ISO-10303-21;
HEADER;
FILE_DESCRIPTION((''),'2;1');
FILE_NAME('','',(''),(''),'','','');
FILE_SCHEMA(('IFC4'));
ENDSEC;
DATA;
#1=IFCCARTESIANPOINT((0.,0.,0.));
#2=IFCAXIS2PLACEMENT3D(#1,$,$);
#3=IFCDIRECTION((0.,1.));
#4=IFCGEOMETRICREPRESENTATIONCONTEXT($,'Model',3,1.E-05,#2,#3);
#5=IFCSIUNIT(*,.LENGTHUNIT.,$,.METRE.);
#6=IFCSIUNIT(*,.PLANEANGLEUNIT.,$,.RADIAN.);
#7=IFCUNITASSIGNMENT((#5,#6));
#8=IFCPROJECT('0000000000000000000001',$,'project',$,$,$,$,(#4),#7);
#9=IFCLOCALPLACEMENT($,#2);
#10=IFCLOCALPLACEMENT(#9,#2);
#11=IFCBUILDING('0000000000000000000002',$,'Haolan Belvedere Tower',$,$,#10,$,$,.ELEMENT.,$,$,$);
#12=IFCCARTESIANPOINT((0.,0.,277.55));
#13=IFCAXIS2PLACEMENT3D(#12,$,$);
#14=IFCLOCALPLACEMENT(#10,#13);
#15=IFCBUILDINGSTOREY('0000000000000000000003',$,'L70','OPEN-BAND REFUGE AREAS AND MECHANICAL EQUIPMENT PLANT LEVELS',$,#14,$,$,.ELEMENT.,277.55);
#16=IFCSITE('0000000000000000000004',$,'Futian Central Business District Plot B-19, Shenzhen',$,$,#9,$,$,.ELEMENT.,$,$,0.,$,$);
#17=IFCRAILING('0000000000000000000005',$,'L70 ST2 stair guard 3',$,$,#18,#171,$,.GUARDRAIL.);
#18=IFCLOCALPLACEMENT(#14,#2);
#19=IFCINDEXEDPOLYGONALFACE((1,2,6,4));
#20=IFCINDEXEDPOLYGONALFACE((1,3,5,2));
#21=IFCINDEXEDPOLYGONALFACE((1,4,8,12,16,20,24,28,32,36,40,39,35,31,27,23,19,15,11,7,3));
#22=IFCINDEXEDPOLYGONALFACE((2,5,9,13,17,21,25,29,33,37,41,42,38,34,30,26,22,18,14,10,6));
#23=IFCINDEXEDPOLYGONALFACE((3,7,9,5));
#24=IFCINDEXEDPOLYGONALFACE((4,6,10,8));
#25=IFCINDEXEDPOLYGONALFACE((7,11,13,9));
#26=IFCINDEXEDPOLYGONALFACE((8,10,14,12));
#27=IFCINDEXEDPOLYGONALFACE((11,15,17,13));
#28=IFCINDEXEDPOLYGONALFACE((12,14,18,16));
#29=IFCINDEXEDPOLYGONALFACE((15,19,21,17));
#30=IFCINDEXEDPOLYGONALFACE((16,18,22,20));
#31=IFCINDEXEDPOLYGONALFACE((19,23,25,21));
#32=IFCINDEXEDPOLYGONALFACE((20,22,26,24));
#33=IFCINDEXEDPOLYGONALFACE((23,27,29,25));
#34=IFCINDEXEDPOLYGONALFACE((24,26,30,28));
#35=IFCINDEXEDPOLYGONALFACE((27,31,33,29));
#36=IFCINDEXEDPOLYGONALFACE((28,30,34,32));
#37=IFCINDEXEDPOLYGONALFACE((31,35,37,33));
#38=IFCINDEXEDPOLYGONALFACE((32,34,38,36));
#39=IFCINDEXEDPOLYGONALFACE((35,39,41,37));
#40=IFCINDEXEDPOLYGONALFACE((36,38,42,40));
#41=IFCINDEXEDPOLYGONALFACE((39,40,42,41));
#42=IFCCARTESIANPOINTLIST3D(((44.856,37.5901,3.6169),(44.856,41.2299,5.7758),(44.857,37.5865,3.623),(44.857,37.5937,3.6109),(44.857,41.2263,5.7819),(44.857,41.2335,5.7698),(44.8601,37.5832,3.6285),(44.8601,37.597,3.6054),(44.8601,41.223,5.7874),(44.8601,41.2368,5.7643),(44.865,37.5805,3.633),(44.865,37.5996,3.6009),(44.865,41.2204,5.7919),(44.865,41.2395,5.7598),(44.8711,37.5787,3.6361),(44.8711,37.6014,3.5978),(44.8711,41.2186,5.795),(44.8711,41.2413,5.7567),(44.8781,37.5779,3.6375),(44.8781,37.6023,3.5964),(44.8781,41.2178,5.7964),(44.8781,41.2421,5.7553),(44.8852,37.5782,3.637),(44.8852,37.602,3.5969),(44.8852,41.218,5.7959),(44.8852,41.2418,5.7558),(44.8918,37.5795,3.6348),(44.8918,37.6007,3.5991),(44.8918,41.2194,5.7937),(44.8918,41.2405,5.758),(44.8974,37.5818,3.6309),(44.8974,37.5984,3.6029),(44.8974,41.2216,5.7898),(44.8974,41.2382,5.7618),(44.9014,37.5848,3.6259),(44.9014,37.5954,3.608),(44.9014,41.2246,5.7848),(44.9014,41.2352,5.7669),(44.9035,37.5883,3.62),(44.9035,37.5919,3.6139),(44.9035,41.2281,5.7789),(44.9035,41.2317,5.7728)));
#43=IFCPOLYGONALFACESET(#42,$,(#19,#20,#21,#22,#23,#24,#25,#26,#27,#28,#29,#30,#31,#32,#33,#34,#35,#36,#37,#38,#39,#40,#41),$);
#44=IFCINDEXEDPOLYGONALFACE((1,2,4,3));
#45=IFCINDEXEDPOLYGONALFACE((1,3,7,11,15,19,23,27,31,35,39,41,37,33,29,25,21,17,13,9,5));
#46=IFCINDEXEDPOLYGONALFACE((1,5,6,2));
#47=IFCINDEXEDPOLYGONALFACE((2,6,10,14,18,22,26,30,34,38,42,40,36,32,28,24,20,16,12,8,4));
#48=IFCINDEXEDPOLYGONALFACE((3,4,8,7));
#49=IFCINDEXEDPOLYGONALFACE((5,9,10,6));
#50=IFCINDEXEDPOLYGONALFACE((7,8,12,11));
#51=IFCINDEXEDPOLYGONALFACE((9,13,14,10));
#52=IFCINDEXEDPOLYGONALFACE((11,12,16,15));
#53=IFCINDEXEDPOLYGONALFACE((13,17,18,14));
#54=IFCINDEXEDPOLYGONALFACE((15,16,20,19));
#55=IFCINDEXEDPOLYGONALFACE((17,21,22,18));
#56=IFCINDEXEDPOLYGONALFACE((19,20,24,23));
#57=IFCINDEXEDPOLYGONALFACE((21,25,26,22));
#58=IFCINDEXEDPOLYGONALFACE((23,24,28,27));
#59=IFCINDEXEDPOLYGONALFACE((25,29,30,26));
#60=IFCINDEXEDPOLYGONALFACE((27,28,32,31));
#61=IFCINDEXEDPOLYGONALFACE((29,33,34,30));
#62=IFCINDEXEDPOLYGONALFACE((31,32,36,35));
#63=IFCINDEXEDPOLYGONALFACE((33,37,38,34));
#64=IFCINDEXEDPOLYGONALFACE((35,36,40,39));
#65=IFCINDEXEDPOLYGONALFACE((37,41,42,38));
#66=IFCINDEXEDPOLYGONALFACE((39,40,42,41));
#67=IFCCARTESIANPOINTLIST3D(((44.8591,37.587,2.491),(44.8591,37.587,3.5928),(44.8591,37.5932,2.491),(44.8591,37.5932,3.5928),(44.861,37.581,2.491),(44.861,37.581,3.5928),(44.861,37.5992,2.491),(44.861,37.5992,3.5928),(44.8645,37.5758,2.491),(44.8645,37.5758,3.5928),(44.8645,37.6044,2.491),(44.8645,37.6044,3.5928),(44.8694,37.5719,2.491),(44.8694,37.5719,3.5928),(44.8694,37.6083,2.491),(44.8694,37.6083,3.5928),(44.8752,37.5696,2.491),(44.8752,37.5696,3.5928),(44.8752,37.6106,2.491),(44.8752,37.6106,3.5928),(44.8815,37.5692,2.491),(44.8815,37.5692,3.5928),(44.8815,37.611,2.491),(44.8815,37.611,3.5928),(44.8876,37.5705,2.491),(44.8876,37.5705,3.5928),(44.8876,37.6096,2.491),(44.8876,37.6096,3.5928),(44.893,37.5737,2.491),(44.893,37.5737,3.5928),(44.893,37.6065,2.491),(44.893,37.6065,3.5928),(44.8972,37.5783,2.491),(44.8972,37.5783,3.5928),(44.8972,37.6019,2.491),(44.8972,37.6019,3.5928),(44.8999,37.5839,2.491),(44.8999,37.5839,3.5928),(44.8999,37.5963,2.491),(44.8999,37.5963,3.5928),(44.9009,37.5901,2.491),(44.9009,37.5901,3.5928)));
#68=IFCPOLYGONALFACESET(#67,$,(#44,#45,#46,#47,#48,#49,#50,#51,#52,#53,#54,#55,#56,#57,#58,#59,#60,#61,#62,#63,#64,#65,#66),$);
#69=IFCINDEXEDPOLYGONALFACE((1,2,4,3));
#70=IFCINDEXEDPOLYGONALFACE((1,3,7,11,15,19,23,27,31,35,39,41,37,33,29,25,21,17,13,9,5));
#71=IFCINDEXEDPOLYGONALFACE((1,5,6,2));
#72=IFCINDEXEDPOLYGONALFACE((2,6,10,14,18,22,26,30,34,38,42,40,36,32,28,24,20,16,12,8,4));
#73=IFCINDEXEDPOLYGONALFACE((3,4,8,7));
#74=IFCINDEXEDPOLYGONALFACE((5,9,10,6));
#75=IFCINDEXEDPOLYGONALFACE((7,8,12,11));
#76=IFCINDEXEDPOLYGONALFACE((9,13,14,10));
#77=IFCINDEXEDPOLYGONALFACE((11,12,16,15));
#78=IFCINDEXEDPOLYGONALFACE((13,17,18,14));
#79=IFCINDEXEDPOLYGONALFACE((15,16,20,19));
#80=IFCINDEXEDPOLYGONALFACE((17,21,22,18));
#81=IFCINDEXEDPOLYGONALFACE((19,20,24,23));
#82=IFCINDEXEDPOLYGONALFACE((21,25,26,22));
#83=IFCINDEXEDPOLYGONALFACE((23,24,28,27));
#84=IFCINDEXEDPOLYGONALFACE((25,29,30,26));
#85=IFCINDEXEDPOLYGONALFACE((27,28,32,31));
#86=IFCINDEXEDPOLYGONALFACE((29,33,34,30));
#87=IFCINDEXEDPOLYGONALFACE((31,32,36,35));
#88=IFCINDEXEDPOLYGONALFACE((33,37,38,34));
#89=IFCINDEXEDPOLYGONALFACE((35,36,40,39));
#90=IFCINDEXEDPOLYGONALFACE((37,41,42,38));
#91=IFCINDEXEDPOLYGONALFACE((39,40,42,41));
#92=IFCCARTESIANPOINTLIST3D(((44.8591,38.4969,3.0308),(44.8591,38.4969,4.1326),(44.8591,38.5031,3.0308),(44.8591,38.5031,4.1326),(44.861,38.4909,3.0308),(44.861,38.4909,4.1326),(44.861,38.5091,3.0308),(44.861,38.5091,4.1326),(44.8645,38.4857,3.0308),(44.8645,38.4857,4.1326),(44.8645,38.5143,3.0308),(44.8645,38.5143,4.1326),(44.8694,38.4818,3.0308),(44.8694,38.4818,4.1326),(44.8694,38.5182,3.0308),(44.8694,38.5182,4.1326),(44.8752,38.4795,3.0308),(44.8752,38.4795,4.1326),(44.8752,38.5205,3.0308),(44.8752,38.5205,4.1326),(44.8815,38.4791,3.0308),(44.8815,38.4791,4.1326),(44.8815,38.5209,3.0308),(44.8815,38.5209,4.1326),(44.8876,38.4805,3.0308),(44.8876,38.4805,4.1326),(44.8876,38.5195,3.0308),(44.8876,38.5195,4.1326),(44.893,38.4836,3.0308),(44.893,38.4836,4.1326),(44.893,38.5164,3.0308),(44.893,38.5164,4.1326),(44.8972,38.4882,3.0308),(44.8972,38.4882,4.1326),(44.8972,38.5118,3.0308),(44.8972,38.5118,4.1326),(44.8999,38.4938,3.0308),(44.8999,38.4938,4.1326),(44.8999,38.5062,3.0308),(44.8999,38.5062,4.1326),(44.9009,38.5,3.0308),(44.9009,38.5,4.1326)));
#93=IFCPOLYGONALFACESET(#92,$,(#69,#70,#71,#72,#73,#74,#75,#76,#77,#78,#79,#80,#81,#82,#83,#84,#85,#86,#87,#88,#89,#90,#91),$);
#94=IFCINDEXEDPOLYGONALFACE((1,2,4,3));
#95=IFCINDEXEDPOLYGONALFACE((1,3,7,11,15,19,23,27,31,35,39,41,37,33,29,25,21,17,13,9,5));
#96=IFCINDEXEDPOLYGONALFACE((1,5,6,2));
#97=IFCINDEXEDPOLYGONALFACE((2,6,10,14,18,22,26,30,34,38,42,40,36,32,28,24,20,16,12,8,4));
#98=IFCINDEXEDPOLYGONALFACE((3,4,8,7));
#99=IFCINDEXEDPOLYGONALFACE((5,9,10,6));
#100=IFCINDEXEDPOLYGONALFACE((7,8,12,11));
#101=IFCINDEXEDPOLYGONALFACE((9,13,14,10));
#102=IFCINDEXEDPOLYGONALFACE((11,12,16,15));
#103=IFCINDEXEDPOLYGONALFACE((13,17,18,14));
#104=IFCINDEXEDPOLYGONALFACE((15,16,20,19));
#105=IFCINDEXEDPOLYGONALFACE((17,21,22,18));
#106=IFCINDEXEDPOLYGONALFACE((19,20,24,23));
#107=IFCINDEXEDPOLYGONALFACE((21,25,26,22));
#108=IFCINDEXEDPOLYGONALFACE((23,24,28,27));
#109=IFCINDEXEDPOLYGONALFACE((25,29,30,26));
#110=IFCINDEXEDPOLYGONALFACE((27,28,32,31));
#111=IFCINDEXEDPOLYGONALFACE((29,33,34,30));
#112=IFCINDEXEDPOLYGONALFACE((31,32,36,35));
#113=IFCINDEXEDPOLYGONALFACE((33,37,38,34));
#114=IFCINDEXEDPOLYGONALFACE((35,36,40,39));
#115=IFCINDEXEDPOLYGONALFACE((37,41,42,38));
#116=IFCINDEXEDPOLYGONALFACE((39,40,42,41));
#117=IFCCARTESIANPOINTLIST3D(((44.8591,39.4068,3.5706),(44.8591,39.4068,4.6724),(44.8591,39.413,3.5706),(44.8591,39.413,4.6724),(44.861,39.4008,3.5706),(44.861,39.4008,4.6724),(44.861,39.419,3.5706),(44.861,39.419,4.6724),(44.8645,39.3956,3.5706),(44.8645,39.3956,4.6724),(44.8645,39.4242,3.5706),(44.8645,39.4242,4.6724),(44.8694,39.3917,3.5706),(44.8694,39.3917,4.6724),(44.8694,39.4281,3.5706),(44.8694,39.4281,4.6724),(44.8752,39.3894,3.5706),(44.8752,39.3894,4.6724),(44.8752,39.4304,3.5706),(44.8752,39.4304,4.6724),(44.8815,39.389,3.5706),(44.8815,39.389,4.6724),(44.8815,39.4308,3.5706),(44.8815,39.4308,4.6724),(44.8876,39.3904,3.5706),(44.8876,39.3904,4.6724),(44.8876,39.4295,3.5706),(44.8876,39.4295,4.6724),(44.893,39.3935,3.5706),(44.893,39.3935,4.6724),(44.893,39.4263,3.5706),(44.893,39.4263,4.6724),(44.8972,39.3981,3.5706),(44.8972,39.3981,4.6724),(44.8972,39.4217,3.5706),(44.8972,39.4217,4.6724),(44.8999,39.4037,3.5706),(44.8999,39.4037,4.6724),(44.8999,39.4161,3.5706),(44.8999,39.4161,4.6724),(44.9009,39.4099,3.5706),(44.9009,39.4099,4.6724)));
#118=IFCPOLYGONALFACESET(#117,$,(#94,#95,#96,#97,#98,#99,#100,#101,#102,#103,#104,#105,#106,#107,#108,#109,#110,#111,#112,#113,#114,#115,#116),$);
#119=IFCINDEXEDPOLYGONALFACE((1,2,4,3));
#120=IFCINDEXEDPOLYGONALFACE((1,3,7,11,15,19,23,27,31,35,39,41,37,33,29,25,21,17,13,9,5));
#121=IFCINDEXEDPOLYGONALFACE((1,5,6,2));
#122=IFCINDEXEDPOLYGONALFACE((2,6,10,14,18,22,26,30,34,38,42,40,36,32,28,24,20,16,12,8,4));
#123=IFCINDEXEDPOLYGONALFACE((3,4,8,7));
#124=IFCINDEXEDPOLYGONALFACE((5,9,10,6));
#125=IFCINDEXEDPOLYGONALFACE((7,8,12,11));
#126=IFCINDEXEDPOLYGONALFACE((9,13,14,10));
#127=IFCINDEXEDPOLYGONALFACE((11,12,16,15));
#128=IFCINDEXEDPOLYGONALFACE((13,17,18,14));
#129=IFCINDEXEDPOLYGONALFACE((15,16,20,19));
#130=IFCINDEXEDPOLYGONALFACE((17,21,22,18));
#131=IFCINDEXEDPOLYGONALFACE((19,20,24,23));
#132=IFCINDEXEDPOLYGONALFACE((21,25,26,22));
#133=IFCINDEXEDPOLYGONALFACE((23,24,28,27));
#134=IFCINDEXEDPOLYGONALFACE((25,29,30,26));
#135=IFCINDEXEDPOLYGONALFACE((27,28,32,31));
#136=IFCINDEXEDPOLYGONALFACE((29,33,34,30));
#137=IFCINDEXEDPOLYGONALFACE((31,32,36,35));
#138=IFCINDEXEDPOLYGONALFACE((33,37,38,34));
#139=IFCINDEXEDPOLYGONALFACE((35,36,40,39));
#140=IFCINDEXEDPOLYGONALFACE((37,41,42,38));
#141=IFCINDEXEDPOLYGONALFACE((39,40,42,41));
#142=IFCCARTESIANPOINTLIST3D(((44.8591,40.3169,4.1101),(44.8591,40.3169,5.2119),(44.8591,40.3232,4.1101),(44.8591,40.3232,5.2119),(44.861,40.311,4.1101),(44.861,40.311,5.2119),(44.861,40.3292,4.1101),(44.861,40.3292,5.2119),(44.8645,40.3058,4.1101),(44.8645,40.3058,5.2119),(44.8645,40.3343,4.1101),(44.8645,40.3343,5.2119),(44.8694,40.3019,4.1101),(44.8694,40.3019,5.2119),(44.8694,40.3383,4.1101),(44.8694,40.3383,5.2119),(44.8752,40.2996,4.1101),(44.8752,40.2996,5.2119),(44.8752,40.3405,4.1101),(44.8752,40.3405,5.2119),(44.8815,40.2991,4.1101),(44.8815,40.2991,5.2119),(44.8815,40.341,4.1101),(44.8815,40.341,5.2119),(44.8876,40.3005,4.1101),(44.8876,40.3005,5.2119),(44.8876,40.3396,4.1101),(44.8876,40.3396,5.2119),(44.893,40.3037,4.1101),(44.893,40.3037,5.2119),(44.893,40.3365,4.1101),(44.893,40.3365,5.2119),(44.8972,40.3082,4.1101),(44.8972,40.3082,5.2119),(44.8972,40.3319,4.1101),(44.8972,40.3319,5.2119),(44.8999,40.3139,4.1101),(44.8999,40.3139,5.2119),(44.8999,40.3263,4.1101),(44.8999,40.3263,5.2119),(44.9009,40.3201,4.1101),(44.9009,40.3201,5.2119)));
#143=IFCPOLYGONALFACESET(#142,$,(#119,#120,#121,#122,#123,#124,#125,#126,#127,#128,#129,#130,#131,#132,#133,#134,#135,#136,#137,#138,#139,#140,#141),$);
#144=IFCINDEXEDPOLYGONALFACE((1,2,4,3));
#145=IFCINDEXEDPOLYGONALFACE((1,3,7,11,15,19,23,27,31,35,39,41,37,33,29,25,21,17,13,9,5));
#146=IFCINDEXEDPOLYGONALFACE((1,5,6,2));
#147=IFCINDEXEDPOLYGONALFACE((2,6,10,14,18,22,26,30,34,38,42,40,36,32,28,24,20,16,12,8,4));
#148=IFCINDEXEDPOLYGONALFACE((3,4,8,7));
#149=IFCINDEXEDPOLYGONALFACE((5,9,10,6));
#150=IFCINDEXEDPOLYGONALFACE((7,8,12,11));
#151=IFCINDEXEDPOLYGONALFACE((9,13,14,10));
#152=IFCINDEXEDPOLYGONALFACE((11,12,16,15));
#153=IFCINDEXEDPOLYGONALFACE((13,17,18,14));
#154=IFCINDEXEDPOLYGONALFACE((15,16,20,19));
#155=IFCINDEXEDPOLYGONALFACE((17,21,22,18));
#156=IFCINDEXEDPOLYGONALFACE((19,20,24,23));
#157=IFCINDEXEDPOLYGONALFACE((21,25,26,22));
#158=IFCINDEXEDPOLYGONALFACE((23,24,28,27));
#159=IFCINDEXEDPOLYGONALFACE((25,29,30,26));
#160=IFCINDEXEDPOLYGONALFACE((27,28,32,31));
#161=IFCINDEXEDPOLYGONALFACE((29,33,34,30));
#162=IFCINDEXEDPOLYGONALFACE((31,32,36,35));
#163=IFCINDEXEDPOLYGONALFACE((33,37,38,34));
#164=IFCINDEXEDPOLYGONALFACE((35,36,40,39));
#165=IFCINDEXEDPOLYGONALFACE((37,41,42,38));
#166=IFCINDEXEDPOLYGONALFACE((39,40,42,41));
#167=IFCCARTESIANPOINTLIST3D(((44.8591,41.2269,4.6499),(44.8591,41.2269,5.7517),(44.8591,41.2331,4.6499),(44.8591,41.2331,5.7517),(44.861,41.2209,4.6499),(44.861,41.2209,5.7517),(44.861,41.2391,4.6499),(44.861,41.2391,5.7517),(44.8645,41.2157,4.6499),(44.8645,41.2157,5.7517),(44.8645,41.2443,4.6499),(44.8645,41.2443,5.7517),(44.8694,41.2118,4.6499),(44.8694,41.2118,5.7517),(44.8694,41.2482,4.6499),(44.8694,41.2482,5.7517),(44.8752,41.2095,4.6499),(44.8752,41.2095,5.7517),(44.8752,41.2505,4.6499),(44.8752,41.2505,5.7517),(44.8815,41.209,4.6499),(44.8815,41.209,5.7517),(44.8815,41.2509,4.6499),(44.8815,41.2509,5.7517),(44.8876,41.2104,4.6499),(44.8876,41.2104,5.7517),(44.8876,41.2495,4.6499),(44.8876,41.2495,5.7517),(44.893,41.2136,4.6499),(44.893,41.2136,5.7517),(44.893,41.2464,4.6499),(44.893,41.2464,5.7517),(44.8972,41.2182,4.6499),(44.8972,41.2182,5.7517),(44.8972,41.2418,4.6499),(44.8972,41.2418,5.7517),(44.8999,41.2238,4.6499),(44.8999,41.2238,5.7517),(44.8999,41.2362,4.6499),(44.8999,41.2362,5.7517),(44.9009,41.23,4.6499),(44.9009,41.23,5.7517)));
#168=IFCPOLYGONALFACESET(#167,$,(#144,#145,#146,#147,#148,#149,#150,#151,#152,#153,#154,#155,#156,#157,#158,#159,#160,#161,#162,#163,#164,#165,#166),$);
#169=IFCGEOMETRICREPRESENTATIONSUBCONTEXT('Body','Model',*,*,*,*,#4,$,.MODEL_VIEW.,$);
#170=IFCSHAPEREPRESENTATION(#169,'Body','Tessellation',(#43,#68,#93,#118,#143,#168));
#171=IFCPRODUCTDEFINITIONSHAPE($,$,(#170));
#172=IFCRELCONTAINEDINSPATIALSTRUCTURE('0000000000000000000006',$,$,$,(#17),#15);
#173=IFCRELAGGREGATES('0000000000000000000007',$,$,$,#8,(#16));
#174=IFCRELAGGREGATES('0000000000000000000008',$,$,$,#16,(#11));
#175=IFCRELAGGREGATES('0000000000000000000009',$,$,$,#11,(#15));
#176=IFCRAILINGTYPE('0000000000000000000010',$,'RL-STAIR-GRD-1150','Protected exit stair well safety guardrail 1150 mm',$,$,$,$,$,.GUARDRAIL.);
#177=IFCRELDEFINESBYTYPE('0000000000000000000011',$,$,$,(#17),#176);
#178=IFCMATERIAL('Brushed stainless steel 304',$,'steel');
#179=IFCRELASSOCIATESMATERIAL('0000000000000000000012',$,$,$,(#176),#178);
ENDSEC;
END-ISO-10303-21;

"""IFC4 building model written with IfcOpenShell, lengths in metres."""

from ifc_helpers import new_model, si_unit, direction, frame, origin, origin_2d, place, context, subcontext, project, spatial, circle, extrude, material, type_object, element, save


model = new_model("IFC4")

# Units and contexts
model_context = context("Model", 3, precision=1e-05, world=origin(), true_north=direction((0.0, 1.0)))
body_context = subcontext(model_context, "Body", "Model", "MODEL_VIEW")
ifc_project = project(units=[si_unit("LENGTHUNIT", "METRE"), si_unit("PLANEANGLEUNIT", "RADIAN")], contexts=[model_context])

# Site, building, storey
site_placement = place(None, origin())
site = spatial("IfcSite", under=ifc_project, at=site_placement, Name="Futian Central Business District Plot B-19, Shenzhen", CompositionType="ELEMENT", RefElevation=0.0)
building_placement = place(site_placement, origin())
building = spatial("IfcBuilding", under=site, at=building_placement, Name="Haolan Belvedere Tower", CompositionType="ELEMENT")
storey_placement = place(building_placement, frame((0.0, 0.0, 277.55)))
storey = spatial("IfcBuildingStorey", under=building, at=storey_placement, Name="L70", Description="OPEN-BAND REFUGE AREAS AND MECHANICAL EQUIPMENT PLANT LEVELS", CompositionType="ELEMENT", Elevation=277.55)

# Railing
ifc_material_1 = material(Name="Brushed stainless steel 304", Category="steel")
railing_type_1 = type_object("IfcRailingType", Name="RL-STAIR-GRD-1150", Description="Protected exit stair well safety guardrail 1150 mm", PredefinedType="GUARDRAIL", material=ifc_material_1)
railing_1_placement = place(storey_placement, frame((44.8799, 37.5901, 2.491)))
element("IfcRailing", 1, at=railing_1_placement, inside=storey, type_object=railing_type_1, Name="L70 ST2 stair guard 3", PredefinedType="GUARDRAIL", context=body_context, shape_type="SweptSolid", body=[
    extrude(circle(Radius=0.0239, at=origin_2d()), frame((0.0, 0.0, 1.126), z_axis=(0.0, 0.860088, 0.510145), x_axis=(-1.0, 0.0, 0.0)), (0.0, 0.0, 1.0), 4.2319),
    extrude(circle(Radius=0.021, at=origin_2d()), origin(), (0.0, 0.0, 1.0), 1.1018),
    extrude(circle(Radius=0.021, at=origin_2d()), frame((0.0, 0.9099, 0.5398)), (0.0, 0.0, 1.0), 1.1018),
    extrude(circle(Radius=0.021, at=origin_2d()), frame((0.0, 1.8198, 1.0796)), (0.0, 0.0, 1.0), 1.1018),
    extrude(circle(Radius=0.021, at=origin_2d()), frame((0.0, 2.73, 1.6191)), (0.0, 0.0, 1.0), 1.1018),
    extrude(circle(Radius=0.021, at=origin_2d()), frame((0.0, 3.6399, 2.1589)), (0.0, 0.0, 1.0), 1.1018),
])

save(model, "model.ifc")
